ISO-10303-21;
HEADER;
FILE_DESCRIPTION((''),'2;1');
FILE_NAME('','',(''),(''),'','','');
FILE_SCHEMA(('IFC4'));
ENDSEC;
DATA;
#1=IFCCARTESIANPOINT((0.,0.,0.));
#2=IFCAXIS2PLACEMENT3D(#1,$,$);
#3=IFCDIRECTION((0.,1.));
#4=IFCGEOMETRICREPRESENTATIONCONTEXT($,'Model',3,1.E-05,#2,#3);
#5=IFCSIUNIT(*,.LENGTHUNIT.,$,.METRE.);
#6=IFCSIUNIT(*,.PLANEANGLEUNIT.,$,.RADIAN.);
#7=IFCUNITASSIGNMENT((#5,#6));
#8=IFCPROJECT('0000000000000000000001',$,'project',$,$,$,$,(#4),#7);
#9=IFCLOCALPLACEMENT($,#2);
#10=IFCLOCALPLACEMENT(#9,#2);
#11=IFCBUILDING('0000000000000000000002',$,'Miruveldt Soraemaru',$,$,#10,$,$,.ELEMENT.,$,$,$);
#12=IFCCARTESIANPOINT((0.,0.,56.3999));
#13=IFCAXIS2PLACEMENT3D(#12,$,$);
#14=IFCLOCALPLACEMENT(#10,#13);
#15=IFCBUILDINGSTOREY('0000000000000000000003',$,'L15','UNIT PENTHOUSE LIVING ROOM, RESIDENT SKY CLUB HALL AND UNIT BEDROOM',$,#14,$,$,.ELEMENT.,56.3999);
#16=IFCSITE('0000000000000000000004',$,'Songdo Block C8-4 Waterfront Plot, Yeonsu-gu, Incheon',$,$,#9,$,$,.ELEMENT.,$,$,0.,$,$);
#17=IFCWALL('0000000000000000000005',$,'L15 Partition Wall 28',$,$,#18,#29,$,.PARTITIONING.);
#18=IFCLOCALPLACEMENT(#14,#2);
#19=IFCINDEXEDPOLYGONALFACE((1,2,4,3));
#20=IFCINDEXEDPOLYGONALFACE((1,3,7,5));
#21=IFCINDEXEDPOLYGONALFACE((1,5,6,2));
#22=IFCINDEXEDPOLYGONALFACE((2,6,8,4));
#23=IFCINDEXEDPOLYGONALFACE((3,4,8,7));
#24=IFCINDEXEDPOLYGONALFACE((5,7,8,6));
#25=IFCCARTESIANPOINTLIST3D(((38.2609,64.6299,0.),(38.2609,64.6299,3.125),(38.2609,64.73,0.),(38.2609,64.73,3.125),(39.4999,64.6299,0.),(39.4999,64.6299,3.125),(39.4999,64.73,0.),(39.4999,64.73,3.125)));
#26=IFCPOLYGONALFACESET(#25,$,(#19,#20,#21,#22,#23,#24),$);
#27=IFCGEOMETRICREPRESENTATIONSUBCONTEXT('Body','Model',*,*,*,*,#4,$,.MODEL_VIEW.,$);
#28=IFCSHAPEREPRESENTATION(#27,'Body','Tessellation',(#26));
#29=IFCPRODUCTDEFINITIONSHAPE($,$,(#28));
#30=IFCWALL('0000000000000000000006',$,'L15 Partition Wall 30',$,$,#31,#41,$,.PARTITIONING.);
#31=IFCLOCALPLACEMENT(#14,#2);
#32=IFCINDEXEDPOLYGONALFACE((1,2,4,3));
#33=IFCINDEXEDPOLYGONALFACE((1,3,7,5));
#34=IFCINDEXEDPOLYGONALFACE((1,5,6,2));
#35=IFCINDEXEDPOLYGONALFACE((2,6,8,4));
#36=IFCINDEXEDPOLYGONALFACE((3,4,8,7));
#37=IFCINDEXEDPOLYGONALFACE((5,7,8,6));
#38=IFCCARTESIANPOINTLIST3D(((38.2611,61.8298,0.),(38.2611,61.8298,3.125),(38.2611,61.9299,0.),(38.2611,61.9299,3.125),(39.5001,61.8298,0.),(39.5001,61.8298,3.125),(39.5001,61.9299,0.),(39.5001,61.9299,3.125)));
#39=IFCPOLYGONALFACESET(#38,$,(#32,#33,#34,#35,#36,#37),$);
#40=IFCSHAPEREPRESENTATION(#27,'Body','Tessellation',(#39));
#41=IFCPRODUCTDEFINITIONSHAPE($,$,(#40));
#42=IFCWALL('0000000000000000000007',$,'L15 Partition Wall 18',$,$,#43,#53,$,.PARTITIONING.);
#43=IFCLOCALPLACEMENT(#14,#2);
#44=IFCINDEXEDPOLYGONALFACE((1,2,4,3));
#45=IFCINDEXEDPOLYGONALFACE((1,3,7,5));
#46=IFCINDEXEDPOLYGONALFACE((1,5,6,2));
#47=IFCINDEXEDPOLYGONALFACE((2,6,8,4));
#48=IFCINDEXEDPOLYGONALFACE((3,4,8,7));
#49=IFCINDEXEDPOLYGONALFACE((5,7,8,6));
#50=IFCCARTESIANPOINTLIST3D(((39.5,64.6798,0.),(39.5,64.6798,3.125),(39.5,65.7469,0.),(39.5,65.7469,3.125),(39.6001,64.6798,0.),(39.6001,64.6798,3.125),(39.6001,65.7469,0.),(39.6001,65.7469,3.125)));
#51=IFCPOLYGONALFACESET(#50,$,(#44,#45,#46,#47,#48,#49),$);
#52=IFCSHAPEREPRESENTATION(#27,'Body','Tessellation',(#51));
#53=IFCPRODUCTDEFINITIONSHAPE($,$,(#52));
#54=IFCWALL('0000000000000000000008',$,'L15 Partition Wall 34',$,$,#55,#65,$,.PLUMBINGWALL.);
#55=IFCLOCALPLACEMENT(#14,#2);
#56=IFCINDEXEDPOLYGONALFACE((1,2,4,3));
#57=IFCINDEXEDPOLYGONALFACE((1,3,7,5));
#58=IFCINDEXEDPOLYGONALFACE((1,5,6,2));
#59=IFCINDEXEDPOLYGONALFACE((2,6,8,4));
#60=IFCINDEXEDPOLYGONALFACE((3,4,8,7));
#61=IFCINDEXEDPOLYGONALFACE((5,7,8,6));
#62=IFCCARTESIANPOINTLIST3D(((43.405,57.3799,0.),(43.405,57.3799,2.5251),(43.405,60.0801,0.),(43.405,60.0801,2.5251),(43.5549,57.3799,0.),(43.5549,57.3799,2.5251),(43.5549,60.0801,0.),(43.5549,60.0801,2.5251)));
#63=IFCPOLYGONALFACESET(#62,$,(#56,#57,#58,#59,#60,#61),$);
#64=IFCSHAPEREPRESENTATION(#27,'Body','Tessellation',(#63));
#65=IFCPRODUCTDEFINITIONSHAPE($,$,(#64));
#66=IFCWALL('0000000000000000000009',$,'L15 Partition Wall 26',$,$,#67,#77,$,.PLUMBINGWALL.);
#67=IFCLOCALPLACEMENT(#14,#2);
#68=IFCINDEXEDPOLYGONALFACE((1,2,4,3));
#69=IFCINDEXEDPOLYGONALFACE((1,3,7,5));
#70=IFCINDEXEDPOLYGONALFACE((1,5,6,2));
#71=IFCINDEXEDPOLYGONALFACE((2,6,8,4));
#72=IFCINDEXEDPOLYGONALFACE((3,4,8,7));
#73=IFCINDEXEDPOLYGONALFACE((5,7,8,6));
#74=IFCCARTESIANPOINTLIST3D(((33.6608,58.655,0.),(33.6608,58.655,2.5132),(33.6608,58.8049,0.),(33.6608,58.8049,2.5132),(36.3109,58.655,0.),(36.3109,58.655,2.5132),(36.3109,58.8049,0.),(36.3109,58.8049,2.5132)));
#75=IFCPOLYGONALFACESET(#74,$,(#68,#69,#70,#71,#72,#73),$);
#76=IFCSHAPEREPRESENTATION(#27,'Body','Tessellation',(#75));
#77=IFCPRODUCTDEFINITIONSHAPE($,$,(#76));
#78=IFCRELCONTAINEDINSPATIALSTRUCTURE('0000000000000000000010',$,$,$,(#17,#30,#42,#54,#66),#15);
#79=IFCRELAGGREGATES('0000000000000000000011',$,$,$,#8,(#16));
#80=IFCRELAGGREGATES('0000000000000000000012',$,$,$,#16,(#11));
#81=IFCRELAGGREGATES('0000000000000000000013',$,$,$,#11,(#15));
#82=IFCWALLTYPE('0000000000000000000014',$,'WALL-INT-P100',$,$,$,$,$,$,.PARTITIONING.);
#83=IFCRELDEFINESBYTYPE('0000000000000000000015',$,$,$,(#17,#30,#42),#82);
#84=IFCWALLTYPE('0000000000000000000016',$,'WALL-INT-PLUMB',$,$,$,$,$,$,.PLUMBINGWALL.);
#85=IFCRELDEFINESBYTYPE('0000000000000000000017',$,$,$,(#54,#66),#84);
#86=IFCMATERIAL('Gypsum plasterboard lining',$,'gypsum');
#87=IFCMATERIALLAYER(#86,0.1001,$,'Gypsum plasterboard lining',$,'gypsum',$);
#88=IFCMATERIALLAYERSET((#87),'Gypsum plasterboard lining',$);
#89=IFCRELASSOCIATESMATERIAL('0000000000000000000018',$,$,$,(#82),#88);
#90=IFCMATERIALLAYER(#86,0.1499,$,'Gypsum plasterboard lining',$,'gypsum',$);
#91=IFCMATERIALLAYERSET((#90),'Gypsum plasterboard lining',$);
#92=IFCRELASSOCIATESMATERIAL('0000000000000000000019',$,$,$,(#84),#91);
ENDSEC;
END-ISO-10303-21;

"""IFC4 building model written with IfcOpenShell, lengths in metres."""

from ifc_helpers import new_model, si_unit, direction, frame, frame_2d, origin, place, context, subcontext, project, spatial, rectangle, extrude, material, layer, layer_set, type_object, element, save


model = new_model("IFC4")

# Units and contexts
model_context = context("Model", 3, precision=1e-05, world=origin(), true_north=direction((0.0, 1.0)))
body_context = subcontext(model_context, "Body", "Model", "MODEL_VIEW")
ifc_project = project(units=[si_unit("LENGTHUNIT", "METRE"), si_unit("PLANEANGLEUNIT", "RADIAN")], contexts=[model_context])

# Site, building, storey
site_placement = place(None, origin())
site = spatial("IfcSite", under=ifc_project, at=site_placement, Name="Songdo Block C8-4 Waterfront Plot, Yeonsu-gu, Incheon", CompositionType="ELEMENT", RefElevation=0.0)
building_placement = place(site_placement, origin())
building = spatial("IfcBuilding", under=site, at=building_placement, Name="Miruveldt Soraemaru", CompositionType="ELEMENT")
storey_placement = place(building_placement, frame((0.0, 0.0, 56.3999)))
storey = spatial("IfcBuildingStorey", under=building, at=storey_placement, Name="L15", Description="UNIT PENTHOUSE LIVING ROOM, RESIDENT SKY CLUB HALL AND UNIT BEDROOM", CompositionType="ELEMENT", Elevation=56.3999)

# Shared definitions
ifc_material_1 = material(Name="Gypsum plasterboard lining", Category="gypsum")
ifc_layer_1 = layer(ifc_material_1, 0.1001, Name="Gypsum plasterboard lining", Category="gypsum")
ifc_layer_set_1 = layer_set([ifc_layer_1], Name="Gypsum plasterboard lining")
wall_type_1 = type_object("IfcWallType", Name="WALL-INT-P100", PredefinedType="PARTITIONING", material=ifc_layer_set_1)

# Walls
for number, where, z_axis, x_axis, name in (
    (1, (39.5, 64.6799, 0.0), (0.0, 0.0, 1.0), (-1.0, 0.0, 0.0), "L15 Partition Wall 28"),
    (2, (38.261, 61.8799, 0.0), (0.0, 0.0, 1.0), (1.0, 0.0, 0.0), "L15 Partition Wall 30"),
):
    element("IfcWall", number, at=place(storey_placement, frame(where, z_axis=z_axis, x_axis=x_axis)), inside=storey, type_object=wall_type_1, Name=name, PredefinedType="PARTITIONING", context=body_context, shape_type="SweptSolid", body=[
        extrude(rectangle(XDim=1.239, YDim=0.1001, at=frame_2d((0.6196, 0.0))), origin(), (0.0, 0.0, 1.0), 3.125),
    ])
wall_1_placement = place(storey_placement, frame((39.55, 65.7471, 0.0), z_axis=(0.0, 0.0, 1.0), x_axis=(0.0, -1.0, 0.0)))
element("IfcWall", 3, at=wall_1_placement, inside=storey, type_object=wall_type_1, Name="L15 Partition Wall 18", PredefinedType="PARTITIONING", context=body_context, shape_type="SweptSolid", body=[
    extrude(rectangle(XDim=1.0671, YDim=0.1001, at=frame_2d((0.5337, 0.0))), origin(), (0.0, 0.0, 1.0), 3.125),
])
ifc_layer_2 = layer(ifc_material_1, 0.1499, Name="Gypsum plasterboard lining", Category="gypsum")
ifc_layer_set_2 = layer_set([ifc_layer_2], Name="Gypsum plasterboard lining")
wall_type_2 = type_object("IfcWallType", Name="WALL-INT-PLUMB", PredefinedType="PLUMBINGWALL", material=ifc_layer_set_2)
wall_2_placement = place(storey_placement, frame((43.48, 60.0801, 0.0), z_axis=(0.0, 0.0, 1.0), x_axis=(0.0, -1.0, 0.0)))
element("IfcWall", 4, at=wall_2_placement, inside=storey, type_object=wall_type_2, Name="L15 Partition Wall 34", PredefinedType="PLUMBINGWALL", context=body_context, shape_type="SweptSolid", body=[
    extrude(rectangle(XDim=2.7002, YDim=0.1499, at=frame_2d((1.3501, 0.0))), origin(), (0.0, 0.0, 1.0), 2.5251),
])
wall_3_placement = place(storey_placement, frame((36.311, 58.73, 0.0), z_axis=(0.0, 0.0, 1.0), x_axis=(-1.0, 0.0, 0.0)))
element("IfcWall", 5, at=wall_3_placement, inside=storey, type_object=wall_type_2, Name="L15 Partition Wall 26", PredefinedType="PLUMBINGWALL", context=body_context, shape_type="SweptSolid", body=[
    extrude(rectangle(XDim=2.6501, YDim=0.1499, at=frame_2d((1.3252, 0.0))), origin(), (0.0, 0.0, 1.0), 2.5132),
])

save(model, "model.ifc")
